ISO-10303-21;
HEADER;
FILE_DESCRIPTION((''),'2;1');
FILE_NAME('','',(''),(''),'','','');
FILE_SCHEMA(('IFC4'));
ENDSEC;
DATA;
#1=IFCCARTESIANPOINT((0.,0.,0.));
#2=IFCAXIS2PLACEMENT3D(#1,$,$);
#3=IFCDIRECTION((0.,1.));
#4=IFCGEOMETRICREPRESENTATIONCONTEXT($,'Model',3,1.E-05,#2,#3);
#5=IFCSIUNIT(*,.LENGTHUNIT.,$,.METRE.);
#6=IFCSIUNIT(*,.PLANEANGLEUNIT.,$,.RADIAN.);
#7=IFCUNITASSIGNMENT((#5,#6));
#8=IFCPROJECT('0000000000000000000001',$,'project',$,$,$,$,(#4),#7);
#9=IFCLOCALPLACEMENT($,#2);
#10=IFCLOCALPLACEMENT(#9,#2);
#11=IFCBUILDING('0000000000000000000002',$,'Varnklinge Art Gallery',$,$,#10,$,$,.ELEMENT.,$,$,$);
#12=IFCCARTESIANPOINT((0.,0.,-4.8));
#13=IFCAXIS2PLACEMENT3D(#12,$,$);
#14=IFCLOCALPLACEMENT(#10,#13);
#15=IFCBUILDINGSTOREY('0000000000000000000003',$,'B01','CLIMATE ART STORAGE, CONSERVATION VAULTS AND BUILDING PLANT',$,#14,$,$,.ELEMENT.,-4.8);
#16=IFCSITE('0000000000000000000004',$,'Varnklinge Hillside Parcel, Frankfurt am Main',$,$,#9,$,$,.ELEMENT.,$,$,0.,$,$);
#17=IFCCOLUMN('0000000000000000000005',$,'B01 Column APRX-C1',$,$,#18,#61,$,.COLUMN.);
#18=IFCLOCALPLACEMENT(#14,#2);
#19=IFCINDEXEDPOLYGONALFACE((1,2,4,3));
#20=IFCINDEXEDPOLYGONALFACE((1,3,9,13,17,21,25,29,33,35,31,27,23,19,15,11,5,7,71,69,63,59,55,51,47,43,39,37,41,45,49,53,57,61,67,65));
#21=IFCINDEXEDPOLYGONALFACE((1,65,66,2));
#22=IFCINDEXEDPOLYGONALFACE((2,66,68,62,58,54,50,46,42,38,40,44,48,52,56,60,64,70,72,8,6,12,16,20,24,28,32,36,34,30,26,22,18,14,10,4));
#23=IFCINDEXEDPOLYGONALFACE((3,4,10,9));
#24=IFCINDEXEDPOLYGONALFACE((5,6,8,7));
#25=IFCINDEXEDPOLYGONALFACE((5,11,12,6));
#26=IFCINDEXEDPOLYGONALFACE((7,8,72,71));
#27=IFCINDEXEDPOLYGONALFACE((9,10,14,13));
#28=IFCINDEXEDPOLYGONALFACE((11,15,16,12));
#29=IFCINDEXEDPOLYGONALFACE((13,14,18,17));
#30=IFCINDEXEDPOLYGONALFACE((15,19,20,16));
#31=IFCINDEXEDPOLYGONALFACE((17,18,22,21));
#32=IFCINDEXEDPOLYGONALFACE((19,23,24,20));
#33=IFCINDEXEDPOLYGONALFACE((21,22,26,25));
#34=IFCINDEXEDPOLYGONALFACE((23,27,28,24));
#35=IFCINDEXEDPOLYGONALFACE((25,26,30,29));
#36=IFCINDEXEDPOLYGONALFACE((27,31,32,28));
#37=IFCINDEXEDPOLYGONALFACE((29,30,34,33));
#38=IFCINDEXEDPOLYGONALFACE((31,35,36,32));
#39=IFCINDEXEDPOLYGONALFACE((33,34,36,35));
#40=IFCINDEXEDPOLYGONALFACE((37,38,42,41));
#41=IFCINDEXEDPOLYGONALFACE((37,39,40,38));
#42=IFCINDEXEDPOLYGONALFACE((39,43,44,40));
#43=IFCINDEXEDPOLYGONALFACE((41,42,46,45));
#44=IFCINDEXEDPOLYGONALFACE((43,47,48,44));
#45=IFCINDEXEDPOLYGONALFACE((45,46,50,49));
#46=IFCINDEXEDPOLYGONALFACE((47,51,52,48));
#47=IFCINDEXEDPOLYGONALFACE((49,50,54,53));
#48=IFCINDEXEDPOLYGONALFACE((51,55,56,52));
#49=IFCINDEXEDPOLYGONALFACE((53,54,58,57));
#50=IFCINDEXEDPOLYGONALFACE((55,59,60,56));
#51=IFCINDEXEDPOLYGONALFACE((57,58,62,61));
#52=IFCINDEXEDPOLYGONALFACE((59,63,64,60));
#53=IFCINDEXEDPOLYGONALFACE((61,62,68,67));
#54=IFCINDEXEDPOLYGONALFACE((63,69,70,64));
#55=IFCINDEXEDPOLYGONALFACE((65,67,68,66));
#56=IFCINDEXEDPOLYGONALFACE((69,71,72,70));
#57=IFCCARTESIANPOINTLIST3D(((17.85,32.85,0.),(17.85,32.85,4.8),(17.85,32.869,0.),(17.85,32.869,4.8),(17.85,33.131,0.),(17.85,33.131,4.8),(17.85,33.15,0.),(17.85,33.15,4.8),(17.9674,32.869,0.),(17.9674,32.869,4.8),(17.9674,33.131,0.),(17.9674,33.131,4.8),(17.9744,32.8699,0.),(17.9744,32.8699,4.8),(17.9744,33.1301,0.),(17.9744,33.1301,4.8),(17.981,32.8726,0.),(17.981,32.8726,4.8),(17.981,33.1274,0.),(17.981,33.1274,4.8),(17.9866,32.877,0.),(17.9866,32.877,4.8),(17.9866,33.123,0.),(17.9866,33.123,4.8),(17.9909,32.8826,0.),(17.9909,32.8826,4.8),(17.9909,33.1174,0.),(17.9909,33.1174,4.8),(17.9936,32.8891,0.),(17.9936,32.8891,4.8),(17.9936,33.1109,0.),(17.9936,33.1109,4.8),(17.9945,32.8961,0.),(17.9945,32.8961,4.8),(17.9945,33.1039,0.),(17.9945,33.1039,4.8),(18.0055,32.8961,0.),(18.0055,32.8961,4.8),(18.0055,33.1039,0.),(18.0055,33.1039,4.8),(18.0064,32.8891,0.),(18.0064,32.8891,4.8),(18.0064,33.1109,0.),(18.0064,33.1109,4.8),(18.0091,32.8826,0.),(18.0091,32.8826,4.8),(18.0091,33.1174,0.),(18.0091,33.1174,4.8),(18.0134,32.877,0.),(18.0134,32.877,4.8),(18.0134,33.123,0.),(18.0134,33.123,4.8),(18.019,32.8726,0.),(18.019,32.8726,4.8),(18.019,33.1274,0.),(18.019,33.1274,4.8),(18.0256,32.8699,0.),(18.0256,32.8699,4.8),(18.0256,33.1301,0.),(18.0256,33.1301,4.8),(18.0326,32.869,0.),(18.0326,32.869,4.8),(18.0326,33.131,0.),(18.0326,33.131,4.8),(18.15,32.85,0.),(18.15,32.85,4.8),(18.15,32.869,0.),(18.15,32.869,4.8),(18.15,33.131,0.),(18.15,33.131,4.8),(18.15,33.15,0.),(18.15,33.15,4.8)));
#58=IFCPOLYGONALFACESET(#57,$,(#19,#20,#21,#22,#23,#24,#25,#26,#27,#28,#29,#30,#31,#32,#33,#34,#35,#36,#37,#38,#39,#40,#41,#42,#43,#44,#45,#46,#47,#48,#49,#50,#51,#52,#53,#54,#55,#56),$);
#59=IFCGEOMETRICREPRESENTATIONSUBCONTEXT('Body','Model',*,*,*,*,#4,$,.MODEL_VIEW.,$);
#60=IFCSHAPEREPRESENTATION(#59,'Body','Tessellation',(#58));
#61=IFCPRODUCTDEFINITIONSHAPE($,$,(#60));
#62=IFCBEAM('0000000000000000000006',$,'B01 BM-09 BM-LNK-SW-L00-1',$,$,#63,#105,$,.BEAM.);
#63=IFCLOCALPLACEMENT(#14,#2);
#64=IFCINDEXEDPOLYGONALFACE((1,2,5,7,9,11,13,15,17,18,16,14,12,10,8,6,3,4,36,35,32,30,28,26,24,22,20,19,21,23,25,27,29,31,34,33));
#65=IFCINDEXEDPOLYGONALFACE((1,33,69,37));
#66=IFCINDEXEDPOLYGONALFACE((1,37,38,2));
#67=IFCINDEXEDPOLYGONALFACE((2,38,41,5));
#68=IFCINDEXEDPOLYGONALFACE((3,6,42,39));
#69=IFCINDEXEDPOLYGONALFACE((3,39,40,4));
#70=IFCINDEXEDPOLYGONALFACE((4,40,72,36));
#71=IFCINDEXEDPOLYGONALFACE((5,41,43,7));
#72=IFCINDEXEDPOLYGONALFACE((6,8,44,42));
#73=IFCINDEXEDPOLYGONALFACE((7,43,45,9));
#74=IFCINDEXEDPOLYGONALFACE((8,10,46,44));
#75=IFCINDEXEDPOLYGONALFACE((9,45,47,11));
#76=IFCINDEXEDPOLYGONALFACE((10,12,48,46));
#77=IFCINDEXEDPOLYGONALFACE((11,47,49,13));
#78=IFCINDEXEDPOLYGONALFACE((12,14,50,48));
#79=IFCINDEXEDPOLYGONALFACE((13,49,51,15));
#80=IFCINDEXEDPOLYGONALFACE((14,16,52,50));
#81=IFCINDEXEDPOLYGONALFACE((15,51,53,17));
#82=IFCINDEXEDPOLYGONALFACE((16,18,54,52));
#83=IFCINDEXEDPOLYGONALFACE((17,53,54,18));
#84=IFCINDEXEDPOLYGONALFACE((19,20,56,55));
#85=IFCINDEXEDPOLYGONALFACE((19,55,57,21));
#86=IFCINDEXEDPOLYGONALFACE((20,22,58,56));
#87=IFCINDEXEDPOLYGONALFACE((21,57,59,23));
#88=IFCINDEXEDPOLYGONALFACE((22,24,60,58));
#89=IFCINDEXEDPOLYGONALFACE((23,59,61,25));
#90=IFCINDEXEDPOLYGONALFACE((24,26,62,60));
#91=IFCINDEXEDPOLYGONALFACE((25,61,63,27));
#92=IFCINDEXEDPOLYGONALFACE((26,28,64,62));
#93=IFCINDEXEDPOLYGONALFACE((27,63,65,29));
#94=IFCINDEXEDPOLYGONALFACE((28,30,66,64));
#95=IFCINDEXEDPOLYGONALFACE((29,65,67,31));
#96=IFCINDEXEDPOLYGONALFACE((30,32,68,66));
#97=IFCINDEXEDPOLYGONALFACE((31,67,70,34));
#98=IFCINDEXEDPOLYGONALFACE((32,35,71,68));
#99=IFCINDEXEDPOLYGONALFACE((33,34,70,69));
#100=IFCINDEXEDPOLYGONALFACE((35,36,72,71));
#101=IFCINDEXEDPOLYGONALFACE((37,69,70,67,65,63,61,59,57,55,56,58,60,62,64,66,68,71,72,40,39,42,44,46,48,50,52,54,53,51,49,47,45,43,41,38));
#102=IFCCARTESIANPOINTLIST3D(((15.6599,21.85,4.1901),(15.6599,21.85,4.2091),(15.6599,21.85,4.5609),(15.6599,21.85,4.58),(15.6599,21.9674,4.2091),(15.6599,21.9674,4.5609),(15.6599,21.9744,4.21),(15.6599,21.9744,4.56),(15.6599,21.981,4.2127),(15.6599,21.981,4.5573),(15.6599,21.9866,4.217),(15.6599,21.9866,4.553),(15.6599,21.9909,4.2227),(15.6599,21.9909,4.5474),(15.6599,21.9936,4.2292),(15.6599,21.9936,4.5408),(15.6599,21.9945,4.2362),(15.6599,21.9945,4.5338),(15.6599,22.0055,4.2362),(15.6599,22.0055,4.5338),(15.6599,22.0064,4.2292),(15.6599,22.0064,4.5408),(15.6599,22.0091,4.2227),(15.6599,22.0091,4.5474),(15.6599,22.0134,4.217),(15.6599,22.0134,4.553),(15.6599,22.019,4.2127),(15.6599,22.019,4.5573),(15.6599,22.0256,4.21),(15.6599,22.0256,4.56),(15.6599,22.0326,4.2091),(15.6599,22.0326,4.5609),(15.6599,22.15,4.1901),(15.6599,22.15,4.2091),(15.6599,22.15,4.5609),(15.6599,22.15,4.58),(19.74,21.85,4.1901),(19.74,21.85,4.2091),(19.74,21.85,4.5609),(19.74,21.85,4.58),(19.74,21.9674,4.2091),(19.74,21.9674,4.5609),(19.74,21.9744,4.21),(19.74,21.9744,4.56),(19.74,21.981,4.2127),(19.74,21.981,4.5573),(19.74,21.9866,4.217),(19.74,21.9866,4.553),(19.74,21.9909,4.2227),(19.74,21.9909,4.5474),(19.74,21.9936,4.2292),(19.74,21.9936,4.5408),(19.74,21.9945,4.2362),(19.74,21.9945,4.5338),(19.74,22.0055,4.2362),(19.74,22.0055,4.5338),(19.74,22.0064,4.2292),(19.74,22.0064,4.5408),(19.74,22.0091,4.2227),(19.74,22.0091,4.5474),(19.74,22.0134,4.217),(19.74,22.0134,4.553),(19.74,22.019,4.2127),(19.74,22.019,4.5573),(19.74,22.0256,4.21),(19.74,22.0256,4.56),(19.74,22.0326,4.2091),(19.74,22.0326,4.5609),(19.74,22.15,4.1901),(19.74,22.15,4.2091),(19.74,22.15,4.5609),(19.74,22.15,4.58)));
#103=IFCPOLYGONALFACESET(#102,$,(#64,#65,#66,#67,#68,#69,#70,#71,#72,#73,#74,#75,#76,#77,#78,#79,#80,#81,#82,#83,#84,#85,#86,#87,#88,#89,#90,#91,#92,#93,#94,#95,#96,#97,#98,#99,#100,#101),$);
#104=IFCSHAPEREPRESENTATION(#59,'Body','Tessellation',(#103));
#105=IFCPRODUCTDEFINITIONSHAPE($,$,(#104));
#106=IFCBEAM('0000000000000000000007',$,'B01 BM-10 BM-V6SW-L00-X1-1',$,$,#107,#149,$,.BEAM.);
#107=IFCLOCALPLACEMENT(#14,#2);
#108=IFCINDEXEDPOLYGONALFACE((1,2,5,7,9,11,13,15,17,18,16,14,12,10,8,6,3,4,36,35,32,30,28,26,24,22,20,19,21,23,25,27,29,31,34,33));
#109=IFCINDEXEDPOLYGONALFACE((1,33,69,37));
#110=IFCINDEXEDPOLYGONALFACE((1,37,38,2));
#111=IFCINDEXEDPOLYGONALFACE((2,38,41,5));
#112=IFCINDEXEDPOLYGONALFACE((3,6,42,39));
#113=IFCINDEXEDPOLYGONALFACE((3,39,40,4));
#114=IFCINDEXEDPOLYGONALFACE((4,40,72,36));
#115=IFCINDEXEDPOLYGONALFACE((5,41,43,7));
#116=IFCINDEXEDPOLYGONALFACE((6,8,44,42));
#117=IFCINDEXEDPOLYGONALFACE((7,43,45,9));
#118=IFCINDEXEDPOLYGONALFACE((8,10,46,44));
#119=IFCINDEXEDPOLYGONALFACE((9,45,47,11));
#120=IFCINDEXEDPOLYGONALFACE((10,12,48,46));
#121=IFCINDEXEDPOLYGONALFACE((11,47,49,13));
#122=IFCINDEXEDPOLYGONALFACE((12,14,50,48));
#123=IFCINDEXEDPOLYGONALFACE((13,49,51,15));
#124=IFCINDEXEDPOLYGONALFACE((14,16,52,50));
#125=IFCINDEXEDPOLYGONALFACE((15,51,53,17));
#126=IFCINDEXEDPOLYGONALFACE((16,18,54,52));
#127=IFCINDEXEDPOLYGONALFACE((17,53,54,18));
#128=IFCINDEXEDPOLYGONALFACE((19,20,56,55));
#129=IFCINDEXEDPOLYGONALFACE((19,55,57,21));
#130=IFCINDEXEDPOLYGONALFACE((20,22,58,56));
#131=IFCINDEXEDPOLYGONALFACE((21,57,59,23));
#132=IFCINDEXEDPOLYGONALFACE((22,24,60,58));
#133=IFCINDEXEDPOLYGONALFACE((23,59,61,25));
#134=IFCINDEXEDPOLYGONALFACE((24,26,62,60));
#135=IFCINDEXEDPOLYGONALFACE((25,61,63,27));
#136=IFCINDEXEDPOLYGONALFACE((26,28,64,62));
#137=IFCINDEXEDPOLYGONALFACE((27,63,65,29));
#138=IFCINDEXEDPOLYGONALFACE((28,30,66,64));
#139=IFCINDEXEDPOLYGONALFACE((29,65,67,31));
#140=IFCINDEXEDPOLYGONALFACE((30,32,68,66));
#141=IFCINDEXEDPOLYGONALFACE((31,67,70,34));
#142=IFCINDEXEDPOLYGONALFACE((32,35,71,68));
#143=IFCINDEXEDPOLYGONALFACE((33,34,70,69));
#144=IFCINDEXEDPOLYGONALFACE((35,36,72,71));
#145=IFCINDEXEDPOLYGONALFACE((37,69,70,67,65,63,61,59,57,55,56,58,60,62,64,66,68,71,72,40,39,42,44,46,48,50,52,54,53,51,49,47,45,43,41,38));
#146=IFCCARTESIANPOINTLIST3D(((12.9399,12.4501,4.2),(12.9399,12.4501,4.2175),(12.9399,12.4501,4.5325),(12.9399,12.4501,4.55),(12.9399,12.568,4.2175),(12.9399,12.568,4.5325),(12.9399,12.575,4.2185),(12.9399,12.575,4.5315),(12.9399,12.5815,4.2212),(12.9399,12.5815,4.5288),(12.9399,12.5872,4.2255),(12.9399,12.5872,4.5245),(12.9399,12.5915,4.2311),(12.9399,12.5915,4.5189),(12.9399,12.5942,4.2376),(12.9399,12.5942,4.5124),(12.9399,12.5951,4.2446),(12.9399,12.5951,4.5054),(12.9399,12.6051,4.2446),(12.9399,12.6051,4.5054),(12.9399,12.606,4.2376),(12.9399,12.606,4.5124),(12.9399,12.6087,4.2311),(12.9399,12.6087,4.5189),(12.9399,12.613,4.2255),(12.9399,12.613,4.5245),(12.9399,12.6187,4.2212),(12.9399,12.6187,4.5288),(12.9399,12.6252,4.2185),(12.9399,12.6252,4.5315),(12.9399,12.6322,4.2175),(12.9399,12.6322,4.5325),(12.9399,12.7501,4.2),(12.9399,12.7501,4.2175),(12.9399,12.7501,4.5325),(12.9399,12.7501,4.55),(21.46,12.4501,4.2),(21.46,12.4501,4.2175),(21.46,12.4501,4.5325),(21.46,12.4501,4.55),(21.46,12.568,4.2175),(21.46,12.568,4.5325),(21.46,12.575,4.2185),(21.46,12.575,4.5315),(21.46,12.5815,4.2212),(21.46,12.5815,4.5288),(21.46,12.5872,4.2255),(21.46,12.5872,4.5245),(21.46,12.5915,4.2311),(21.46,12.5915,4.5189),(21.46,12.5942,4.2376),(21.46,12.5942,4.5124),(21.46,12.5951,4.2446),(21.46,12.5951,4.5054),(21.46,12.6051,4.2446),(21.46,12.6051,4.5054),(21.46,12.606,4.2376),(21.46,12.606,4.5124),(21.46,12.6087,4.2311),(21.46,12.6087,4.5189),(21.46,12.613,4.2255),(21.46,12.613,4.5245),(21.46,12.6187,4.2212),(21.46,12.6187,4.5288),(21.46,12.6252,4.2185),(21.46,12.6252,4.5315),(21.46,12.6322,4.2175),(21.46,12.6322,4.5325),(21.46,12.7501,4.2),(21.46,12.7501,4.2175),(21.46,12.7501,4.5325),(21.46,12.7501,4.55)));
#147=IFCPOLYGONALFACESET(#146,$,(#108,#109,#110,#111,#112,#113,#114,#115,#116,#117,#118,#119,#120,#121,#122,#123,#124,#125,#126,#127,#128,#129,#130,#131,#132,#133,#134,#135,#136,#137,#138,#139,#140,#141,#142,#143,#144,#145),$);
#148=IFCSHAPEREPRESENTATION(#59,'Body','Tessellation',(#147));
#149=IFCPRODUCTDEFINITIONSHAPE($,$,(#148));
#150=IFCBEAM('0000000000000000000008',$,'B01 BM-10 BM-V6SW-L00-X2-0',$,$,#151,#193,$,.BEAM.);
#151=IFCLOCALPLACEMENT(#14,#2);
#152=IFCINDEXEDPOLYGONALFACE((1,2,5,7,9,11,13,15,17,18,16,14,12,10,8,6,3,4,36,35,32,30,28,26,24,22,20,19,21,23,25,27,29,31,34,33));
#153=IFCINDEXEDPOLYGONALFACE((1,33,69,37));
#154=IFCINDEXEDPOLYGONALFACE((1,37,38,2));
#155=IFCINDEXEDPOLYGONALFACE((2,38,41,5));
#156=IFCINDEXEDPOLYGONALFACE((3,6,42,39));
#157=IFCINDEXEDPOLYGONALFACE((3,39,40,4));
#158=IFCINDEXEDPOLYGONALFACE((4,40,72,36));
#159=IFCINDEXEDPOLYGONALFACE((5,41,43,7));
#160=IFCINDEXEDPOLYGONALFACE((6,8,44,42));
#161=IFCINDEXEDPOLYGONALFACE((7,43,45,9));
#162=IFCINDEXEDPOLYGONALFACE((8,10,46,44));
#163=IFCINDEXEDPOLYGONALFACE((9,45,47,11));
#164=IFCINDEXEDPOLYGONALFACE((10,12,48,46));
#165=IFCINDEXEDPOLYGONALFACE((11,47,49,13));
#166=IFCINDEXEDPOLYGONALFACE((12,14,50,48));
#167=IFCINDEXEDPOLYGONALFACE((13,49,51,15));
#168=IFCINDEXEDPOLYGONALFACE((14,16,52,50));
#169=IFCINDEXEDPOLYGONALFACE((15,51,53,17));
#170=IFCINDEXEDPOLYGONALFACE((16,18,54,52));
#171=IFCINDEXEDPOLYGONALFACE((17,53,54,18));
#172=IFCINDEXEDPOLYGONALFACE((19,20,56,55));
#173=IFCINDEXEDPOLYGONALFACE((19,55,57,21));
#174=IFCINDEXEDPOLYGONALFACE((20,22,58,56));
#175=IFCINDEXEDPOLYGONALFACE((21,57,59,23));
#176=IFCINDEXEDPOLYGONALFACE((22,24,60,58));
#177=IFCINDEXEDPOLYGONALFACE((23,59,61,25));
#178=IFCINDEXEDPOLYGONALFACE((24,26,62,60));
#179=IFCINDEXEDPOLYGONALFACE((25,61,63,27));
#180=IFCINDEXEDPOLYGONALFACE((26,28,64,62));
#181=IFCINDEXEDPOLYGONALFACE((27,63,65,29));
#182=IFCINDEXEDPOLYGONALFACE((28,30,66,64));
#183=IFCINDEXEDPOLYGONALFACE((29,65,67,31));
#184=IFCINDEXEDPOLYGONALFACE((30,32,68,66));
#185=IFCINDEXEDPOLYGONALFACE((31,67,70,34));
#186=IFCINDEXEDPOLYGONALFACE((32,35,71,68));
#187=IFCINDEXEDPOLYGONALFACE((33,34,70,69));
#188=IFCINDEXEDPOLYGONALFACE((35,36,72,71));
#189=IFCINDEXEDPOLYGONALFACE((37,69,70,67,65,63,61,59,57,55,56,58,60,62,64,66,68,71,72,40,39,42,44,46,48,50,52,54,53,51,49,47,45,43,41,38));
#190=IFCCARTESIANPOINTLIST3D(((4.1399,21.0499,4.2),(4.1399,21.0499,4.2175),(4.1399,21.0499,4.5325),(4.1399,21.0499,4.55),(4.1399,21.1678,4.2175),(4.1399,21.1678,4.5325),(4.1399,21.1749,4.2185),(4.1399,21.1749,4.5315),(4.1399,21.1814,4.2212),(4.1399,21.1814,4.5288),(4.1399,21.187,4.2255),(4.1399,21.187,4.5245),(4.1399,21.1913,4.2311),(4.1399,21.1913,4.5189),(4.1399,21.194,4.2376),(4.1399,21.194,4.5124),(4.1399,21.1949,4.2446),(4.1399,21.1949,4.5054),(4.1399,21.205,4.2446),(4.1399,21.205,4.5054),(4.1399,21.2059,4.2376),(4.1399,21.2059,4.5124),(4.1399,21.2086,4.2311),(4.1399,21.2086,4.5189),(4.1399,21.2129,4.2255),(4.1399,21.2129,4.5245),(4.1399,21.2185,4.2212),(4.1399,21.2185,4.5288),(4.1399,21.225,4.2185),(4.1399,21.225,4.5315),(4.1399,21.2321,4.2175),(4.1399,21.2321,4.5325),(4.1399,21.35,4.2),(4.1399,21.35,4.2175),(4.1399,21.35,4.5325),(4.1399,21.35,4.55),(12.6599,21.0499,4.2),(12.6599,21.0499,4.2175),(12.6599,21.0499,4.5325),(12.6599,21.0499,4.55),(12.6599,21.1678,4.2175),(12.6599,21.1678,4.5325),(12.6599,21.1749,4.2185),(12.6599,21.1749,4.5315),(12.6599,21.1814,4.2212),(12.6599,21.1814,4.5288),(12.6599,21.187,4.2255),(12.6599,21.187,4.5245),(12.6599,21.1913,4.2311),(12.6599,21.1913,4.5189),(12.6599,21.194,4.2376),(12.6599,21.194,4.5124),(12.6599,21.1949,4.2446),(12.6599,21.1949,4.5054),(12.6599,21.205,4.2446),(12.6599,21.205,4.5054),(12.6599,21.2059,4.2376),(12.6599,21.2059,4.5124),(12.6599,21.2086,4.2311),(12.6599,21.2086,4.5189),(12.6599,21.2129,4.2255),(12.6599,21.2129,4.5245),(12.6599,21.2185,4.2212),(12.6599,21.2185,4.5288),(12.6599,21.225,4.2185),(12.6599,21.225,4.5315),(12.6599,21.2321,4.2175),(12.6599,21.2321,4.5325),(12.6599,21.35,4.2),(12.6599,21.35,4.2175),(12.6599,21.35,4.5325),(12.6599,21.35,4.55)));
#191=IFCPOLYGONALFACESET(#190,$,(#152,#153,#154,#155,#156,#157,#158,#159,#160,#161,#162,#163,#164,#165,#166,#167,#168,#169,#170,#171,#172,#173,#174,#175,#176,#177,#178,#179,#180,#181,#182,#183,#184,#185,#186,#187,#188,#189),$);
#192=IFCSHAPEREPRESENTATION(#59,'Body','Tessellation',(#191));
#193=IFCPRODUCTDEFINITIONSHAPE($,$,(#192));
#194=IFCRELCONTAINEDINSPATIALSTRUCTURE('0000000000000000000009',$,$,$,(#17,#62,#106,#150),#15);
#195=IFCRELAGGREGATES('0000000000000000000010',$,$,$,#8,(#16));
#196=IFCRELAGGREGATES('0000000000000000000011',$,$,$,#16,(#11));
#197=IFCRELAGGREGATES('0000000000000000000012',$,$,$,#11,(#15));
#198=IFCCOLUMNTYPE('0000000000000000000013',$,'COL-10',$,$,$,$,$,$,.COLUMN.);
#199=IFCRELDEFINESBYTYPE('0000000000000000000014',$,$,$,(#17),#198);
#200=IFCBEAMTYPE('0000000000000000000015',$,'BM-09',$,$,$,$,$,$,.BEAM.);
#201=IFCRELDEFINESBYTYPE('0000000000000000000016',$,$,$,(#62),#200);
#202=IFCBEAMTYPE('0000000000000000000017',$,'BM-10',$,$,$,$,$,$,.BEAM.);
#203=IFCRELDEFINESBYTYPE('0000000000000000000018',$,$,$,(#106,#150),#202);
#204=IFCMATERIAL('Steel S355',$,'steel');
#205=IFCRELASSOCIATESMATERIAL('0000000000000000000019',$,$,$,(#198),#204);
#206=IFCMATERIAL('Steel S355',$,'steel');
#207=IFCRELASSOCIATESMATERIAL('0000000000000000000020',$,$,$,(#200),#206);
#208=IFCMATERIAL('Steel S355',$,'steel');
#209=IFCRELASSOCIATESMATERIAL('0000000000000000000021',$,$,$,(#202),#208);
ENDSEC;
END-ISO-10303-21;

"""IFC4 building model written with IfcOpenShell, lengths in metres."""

from ifc_helpers import new_model, si_unit, direction, frame, origin, origin_2d, place, context, subcontext, project, spatial, i_section, extrude, material, material_profile, profile_set, type_object, element, save


model = new_model("IFC4")

# Units and contexts
model_context = context("Model", 3, precision=1e-05, world=origin(), true_north=direction((0.0, 1.0)))
body_context = subcontext(model_context, "Body", "Model", "MODEL_VIEW")
ifc_project = project(units=[si_unit("LENGTHUNIT", "METRE"), si_unit("PLANEANGLEUNIT", "RADIAN")], contexts=[model_context])

# Site, building, storey
site_placement = place(None, origin())
site = spatial("IfcSite", under=ifc_project, at=site_placement, Name="Varnklinge Hillside Parcel, Frankfurt am Main", CompositionType="ELEMENT", RefElevation=0.0)
building_placement = place(site_placement, origin())
building = spatial("IfcBuilding", under=site, at=building_placement, Name="Varnklinge Art Gallery", CompositionType="ELEMENT")
storey_placement = place(building_placement, frame((0.0, 0.0, -4.8)))
storey = spatial("IfcBuildingStorey", under=building, at=storey_placement, Name="B01", Description="CLIMATE ART STORAGE, CONSERVATION VAULTS AND BUILDING PLANT", CompositionType="ELEMENT", Elevation=-4.8)

# Column
ifc_material_1 = material(Name="Steel S355", Category="steel")
ifc_material_profile_1 = material_profile(ifc_material_1, i_section(OverallWidth=0.3, OverallDepth=0.3, WebThickness=0.011, FlangeThickness=0.019, FilletRadius=0.0271, at=origin_2d()), Name="HEB 300")
ifc_profile_set_1 = profile_set([ifc_material_profile_1], Name="Steel S355")
column_type_1 = type_object("IfcColumnType", Name="COL-10", PredefinedType="COLUMN", material=ifc_profile_set_1)
column_1_placement = place(storey_placement, frame((18.0, 33.0, 0.0), z_axis=(0.0, 0.0, 1.0), x_axis=(1.0, 0.0, 0.0)))
element("IfcColumn", 1, at=column_1_placement, inside=storey, type_object=column_type_1, Name="B01 Column APRX-C1", PredefinedType="COLUMN", context=body_context, shape_type="SweptSolid", body=[
    extrude(i_section(OverallWidth=0.3, OverallDepth=0.3, WebThickness=0.011, FlangeThickness=0.019, FilletRadius=0.0271, at=origin_2d()), origin(), (0.0, 0.0, 1.0), 4.8),
])

# Beams
ifc_material_2 = material(Name="Steel S355", Category="steel")
ifc_material_profile_2 = material_profile(ifc_material_2, i_section(OverallWidth=0.3, OverallDepth=0.3899, WebThickness=0.011, FlangeThickness=0.019, FilletRadius=0.0271, at=origin_2d()), Name="HEA 400")
ifc_profile_set_2 = profile_set([ifc_material_profile_2], Name="Steel S355")
beam_type_1 = type_object("IfcBeamType", Name="BM-09", PredefinedType="BEAM", material=ifc_profile_set_2)
beam_placement = place(storey_placement, frame((15.6599, 22.0, 4.385), z_axis=(1.0, 0.0, 0.0), x_axis=(0.0, 1.0, 0.0)))
element("IfcBeam", 2, at=beam_placement, inside=storey, type_object=beam_type_1, Name="B01 BM-09 BM-LNK-SW-L00-1", PredefinedType="BEAM", context=body_context, shape_type="SweptSolid", body=[
    extrude(i_section(OverallWidth=0.3, OverallDepth=0.3899, WebThickness=0.011, FlangeThickness=0.019, FilletRadius=0.0271, at=origin_2d()), origin(), (0.0, 0.0, 1.0), 4.0801),
])
ifc_material_3 = material(Name="Steel S355", Category="steel")
ifc_material_profile_3 = material_profile(ifc_material_3, i_section(OverallWidth=0.3, OverallDepth=0.3501, WebThickness=0.01, FlangeThickness=0.0176, FilletRadius=0.0271, at=origin_2d()), Name="HEA 360")
ifc_profile_set_3 = profile_set([ifc_material_profile_3], Name="Steel S355")
beam_type_2 = type_object("IfcBeamType", Name="BM-10", PredefinedType="BEAM", material=ifc_profile_set_3)
for number, where, z_axis, x_axis, name in (
    (3, (12.9399, 12.6001, 4.375), (1.0, 0.0, 0.0), (0.0, 1.0, 0.0), "B01 BM-10 BM-V6SW-L00-X1-1"),
    (4, (4.1399, 21.2, 4.375), (1.0, 0.0, 0.0), (0.0, 1.0, 0.0), "B01 BM-10 BM-V6SW-L00-X2-0"),
):
    element("IfcBeam", number, at=place(storey_placement, frame(where, z_axis=z_axis, x_axis=x_axis)), inside=storey, type_object=beam_type_2, Name=name, PredefinedType="BEAM", context=body_context, shape_type="SweptSolid", body=[
        extrude(i_section(OverallWidth=0.3, OverallDepth=0.3501, WebThickness=0.01, FlangeThickness=0.0176, FilletRadius=0.0271, at=origin_2d()), origin(), (0.0, 0.0, 1.0), 8.52),
    ])

save(model, "model.ifc")
